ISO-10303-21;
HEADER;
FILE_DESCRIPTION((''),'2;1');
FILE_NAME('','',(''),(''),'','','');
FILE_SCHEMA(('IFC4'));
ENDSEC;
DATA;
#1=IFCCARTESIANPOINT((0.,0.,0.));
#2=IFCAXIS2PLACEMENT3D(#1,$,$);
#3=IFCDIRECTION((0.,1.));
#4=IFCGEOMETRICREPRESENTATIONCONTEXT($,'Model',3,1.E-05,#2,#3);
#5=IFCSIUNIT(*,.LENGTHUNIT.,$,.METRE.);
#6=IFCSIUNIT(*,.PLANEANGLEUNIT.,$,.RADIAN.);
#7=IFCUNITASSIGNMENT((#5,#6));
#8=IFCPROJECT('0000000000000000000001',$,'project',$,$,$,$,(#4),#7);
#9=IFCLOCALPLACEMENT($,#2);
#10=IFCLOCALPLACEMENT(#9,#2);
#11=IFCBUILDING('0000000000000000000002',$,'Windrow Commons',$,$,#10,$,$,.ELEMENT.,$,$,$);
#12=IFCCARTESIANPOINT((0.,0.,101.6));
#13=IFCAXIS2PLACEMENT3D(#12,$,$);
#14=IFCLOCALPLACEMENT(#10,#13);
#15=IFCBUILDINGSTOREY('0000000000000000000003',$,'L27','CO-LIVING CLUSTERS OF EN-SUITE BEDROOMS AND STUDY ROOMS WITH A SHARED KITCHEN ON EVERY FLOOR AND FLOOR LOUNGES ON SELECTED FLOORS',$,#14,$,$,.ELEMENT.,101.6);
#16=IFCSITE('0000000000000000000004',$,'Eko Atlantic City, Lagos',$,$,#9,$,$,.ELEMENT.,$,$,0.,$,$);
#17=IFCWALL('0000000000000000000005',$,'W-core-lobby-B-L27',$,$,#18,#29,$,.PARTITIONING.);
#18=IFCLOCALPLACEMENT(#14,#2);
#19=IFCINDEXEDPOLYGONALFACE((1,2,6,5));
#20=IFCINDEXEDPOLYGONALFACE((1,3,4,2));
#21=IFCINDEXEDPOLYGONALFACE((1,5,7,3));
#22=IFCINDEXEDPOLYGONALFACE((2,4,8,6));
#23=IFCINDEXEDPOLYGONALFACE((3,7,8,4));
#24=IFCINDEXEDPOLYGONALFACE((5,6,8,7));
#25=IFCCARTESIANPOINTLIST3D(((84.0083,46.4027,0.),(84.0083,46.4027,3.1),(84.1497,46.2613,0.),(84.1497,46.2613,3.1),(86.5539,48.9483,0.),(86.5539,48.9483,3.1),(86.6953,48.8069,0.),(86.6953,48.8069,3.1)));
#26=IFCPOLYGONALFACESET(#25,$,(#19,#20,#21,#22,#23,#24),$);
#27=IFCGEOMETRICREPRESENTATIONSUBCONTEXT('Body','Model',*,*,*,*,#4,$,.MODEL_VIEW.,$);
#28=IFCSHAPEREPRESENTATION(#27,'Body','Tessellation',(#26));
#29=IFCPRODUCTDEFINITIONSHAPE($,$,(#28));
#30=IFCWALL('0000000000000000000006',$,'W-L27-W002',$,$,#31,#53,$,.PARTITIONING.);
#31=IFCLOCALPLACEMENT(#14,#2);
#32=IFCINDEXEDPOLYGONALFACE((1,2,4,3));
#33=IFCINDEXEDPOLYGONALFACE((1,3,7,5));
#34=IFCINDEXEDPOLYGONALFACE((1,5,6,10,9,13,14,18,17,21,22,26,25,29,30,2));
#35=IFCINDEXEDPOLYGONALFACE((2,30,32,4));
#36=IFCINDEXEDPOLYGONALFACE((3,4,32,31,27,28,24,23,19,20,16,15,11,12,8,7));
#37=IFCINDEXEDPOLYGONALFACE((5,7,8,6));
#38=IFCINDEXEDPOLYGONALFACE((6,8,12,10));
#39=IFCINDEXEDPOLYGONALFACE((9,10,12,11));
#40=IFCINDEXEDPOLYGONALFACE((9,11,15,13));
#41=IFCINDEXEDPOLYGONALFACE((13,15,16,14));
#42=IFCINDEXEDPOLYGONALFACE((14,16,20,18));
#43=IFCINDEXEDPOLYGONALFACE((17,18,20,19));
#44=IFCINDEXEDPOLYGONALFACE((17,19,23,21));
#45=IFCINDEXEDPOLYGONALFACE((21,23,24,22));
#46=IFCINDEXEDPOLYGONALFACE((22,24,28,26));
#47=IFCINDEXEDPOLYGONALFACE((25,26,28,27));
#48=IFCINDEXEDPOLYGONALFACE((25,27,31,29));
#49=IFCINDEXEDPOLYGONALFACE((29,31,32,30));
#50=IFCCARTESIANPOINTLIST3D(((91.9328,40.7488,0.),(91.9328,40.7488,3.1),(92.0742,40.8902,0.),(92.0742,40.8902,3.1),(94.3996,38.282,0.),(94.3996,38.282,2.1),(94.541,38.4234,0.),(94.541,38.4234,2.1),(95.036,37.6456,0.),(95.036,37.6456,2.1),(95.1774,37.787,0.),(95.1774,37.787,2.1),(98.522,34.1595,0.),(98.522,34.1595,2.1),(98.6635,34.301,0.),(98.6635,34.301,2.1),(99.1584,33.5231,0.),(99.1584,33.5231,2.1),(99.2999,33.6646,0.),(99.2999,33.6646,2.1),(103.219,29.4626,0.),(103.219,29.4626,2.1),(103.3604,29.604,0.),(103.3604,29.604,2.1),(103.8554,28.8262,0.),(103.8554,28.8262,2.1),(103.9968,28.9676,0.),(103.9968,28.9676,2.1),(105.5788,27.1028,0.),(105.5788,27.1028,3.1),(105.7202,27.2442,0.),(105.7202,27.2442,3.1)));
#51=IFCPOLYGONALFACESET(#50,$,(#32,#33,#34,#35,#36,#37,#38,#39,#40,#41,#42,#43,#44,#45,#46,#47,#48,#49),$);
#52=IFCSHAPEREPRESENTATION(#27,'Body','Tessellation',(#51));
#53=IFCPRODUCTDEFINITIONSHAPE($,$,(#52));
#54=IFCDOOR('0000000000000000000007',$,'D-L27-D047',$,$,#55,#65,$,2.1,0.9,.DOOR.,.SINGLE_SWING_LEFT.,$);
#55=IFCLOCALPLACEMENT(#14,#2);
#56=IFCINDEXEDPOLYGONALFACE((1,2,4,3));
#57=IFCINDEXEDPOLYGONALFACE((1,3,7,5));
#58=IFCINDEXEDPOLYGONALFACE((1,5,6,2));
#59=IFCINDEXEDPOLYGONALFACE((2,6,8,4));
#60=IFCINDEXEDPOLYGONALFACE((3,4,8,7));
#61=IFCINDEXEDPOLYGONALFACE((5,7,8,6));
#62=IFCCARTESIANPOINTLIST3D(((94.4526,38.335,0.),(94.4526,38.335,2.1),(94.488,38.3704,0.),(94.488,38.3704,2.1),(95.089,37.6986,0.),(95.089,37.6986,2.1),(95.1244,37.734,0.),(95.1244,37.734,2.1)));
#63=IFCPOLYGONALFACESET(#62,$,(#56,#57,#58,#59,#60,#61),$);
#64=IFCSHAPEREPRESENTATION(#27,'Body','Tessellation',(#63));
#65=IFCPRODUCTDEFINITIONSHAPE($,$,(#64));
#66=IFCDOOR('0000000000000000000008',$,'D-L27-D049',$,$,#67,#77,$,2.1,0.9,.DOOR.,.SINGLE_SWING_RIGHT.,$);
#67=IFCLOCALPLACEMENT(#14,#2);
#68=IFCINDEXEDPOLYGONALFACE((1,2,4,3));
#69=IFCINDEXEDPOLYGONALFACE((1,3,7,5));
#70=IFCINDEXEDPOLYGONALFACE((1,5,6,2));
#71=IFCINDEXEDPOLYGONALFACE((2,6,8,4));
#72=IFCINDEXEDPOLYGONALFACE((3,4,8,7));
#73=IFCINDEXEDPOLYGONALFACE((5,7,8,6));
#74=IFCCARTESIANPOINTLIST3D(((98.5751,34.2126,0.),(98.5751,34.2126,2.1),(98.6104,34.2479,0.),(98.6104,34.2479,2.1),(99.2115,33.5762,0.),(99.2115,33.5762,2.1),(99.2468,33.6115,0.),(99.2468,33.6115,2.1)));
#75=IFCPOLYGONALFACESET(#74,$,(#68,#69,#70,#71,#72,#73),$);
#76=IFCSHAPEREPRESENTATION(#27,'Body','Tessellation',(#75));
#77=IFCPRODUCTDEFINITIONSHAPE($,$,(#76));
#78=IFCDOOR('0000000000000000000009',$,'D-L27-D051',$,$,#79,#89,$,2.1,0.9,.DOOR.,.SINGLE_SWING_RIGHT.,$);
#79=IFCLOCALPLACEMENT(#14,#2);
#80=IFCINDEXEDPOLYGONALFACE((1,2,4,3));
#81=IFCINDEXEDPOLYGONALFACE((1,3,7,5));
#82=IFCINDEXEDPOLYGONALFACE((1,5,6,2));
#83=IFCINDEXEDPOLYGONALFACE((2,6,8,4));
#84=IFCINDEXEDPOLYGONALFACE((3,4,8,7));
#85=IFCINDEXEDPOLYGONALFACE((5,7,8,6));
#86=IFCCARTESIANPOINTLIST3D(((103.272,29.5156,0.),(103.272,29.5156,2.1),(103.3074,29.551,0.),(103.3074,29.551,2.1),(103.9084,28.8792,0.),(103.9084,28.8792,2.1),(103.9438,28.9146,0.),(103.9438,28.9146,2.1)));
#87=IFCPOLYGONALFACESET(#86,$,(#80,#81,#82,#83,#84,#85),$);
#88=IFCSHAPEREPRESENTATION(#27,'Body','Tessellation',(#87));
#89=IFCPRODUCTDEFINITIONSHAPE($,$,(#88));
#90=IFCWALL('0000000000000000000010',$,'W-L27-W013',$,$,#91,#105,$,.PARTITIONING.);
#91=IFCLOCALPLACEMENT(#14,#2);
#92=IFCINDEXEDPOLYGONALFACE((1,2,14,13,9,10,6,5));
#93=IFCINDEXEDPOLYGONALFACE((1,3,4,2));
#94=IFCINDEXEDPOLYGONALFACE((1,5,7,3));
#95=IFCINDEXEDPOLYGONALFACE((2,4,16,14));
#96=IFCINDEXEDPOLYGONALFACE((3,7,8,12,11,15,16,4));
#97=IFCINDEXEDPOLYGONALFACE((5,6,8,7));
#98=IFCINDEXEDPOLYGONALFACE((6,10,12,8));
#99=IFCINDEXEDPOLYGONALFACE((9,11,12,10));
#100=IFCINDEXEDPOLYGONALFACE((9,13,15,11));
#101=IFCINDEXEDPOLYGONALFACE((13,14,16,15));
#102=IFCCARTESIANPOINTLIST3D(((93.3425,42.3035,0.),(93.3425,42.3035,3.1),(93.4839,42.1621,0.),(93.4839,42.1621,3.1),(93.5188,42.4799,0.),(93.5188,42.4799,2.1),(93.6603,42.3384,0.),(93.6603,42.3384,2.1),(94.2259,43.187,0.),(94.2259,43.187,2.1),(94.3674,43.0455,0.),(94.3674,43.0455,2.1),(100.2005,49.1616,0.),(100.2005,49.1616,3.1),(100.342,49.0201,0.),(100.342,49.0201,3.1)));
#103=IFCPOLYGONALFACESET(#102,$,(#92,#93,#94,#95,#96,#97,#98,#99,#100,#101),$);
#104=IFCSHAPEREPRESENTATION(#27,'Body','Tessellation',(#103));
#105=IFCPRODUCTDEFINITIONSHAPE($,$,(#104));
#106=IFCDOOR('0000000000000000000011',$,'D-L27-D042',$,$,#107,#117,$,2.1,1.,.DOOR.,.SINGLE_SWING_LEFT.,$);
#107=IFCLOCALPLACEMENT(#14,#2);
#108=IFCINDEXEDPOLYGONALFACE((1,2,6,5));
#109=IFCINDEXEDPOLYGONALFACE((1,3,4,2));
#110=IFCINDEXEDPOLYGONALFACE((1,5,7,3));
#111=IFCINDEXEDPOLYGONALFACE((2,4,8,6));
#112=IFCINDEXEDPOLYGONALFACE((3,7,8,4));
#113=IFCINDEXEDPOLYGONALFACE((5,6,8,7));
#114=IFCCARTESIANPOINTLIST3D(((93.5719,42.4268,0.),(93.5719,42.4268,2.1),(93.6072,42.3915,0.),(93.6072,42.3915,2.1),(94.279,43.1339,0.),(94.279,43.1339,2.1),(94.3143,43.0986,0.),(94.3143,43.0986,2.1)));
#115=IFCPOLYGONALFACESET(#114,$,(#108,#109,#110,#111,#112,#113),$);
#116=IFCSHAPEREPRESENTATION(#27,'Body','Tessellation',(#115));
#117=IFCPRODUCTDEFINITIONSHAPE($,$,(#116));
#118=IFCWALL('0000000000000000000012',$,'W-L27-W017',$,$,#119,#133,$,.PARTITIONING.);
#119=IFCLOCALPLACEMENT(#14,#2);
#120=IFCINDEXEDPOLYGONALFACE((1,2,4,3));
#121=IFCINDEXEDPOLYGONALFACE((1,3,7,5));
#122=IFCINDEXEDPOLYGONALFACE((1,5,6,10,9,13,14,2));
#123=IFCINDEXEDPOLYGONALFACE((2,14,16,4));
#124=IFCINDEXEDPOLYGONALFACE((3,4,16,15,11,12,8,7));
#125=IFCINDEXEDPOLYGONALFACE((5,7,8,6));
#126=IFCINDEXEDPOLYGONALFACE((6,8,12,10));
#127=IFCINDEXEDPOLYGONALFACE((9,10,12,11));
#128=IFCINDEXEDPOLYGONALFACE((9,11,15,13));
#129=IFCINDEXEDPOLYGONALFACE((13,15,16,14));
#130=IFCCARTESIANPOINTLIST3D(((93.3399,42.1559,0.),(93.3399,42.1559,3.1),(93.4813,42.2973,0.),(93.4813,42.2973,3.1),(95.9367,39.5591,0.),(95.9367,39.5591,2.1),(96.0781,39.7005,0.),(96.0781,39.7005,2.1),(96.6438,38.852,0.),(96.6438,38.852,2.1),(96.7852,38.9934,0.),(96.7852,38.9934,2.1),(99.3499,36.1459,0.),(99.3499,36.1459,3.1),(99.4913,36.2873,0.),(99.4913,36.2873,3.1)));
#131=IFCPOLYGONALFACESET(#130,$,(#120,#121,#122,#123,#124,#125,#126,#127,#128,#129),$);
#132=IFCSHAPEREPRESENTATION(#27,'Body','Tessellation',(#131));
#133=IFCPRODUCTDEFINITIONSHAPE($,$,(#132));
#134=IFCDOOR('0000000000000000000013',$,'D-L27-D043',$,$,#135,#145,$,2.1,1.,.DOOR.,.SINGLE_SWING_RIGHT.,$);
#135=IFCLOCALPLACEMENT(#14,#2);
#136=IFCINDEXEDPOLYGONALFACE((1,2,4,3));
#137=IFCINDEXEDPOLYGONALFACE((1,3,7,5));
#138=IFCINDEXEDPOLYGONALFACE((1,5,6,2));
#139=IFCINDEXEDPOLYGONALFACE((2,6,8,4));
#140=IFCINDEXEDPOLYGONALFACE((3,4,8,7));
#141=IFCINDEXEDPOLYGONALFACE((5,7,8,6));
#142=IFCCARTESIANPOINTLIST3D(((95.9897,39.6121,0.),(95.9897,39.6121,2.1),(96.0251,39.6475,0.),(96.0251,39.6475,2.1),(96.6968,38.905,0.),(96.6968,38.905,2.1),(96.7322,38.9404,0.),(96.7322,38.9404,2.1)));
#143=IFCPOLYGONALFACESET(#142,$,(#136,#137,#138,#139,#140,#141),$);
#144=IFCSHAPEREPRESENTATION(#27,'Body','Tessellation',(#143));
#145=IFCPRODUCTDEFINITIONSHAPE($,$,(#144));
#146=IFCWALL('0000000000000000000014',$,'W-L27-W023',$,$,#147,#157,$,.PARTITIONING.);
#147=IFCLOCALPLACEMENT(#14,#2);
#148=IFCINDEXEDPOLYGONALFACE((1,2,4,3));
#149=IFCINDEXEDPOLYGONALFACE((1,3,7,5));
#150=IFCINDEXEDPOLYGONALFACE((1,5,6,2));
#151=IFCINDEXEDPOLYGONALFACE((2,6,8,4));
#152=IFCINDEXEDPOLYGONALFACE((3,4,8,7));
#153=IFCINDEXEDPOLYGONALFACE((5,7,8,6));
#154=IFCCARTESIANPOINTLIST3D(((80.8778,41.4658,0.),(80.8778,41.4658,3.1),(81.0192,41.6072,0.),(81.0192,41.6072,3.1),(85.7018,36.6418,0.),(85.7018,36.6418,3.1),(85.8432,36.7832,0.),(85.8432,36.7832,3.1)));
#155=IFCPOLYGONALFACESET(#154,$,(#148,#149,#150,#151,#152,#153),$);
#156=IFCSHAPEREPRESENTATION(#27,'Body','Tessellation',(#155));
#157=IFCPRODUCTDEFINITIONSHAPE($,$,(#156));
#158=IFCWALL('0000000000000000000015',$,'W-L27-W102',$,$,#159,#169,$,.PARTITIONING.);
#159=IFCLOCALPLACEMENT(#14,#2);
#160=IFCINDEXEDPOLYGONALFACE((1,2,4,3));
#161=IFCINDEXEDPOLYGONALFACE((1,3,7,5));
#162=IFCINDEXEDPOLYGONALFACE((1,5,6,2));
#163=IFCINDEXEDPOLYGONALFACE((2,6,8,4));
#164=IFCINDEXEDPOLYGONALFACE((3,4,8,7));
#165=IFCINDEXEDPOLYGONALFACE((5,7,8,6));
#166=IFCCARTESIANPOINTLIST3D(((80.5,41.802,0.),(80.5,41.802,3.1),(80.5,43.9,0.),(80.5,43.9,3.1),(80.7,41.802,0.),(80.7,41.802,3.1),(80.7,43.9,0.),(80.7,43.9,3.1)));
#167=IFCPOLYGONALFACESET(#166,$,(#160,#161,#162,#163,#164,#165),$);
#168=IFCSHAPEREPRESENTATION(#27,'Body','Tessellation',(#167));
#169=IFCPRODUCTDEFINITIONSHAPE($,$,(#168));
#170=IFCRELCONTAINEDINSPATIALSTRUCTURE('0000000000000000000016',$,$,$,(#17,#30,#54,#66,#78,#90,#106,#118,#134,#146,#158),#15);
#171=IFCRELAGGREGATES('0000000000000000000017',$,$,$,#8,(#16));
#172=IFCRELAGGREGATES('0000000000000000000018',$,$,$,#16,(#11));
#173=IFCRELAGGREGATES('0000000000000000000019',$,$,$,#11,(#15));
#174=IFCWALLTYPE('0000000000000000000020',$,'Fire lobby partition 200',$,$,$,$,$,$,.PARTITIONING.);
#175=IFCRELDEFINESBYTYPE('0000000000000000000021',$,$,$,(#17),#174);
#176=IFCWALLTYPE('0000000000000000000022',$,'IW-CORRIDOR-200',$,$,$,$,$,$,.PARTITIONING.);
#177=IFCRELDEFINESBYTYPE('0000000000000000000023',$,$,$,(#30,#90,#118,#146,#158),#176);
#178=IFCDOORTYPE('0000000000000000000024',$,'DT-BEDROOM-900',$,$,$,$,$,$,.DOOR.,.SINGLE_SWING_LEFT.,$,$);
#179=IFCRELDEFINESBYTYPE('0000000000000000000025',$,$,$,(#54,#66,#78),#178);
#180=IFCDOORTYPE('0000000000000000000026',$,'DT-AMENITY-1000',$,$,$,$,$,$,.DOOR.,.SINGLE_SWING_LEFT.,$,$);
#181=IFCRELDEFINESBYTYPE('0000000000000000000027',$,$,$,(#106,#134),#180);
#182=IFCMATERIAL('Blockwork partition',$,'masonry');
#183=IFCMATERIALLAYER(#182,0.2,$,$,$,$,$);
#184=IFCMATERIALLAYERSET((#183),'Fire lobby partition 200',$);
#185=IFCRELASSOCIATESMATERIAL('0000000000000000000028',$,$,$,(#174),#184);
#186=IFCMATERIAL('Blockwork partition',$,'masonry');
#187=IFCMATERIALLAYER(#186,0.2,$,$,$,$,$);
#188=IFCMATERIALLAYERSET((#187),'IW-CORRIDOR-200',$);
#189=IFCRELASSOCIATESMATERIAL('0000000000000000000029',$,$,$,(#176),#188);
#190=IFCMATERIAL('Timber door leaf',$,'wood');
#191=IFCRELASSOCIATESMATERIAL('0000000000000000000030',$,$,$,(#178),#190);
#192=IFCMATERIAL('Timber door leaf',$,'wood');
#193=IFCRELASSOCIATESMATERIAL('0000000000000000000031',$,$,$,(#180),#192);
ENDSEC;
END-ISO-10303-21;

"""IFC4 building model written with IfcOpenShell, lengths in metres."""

from ifc_helpers import new_model, si_unit, direction, frame, frame_2d, origin, place, context, subcontext, project, spatial, rectangle, extrude, material, layer, layer_set, type_object, element, fill, save


model = new_model("IFC4")

# Units and contexts
model_context = context("Model", 3, precision=1e-05, world=origin(), true_north=direction((0.0, 1.0)))
body_context = subcontext(model_context, "Body", "Model", "MODEL_VIEW")
ifc_project = project(units=[si_unit("LENGTHUNIT", "METRE"), si_unit("PLANEANGLEUNIT", "RADIAN")], contexts=[model_context])

# Site, building, storey
site_placement = place(None, origin())
site = spatial("IfcSite", under=ifc_project, at=site_placement, Name="Eko Atlantic City, Lagos", CompositionType="ELEMENT", RefElevation=0.0)
building_placement = place(site_placement, origin())
building = spatial("IfcBuilding", under=site, at=building_placement, Name="Windrow Commons", CompositionType="ELEMENT")
storey_placement = place(building_placement, frame((0.0, 0.0, 101.6)))
storey = spatial("IfcBuildingStorey", under=building, at=storey_placement, Name="L27", Description="CO-LIVING CLUSTERS OF EN-SUITE BEDROOMS AND STUDY ROOMS WITH A SHARED KITCHEN ON EVERY FLOOR AND FLOOR LOUNGES ON SELECTED FLOORS", CompositionType="ELEMENT", Elevation=101.6)

# Wall
ifc_material_1 = material(Name="Blockwork partition", Category="masonry")
ifc_layer_1 = layer(ifc_material_1, 0.2)
ifc_layer_set_1 = layer_set([ifc_layer_1], Name="Fire lobby partition 200")
wall_type_1 = type_object("IfcWallType", Name="Fire lobby partition 200", PredefinedType="PARTITIONING", material=ifc_layer_set_1)
wall_1_placement = place(storey_placement, frame((84.079, 46.332, 0.0), z_axis=(0.0, 0.0, 1.0), x_axis=(0.707107, 0.707107, 0.0)))
element("IfcWall", 1, at=wall_1_placement, inside=storey, type_object=wall_type_1, Name="W-core-lobby-B-L27", PredefinedType="PARTITIONING", context=body_context, shape_type="SweptSolid", body=[
    extrude(rectangle(XDim=3.6, YDim=0.2, at=frame_2d((1.8, 0.0))), origin(), (0.0, 0.0, 1.0), 3.1),
])

# Wall, openings, doors
ifc_material_2 = material(Name="Blockwork partition", Category="masonry")
ifc_layer_2 = layer(ifc_material_2, 0.2)
ifc_layer_set_2 = layer_set([ifc_layer_2], Name="IW-CORRIDOR-200")
wall_type_2 = type_object("IfcWallType", Name="IW-CORRIDOR-200", PredefinedType="PARTITIONING", material=ifc_layer_set_2)
wall_2_placement = place(storey_placement, frame((92.0035, 40.8195, 0.0), z_axis=(0.0, 0.0, 1.0), x_axis=(0.707107, -0.707107, 0.0)))
wall_2 = element("IfcWall", 2, at=wall_2_placement, inside=storey, type_object=wall_type_2, Name="W-L27-W002", PredefinedType="PARTITIONING", context=body_context, shape_type="SweptSolid", body=[
    extrude(rectangle(XDim=19.2984, YDim=0.2, at=frame_2d((9.6492, 0.0))), origin(), (0.0, 0.0, 1.0), 3.1),
])
opening_1_placement = place(wall_2_placement, frame((3.4886, 0.0, 0.0)))
opening_1 = element("IfcOpeningElement", 3, at=opening_1_placement, cuts=wall_2, PredefinedType="OPENING", context=body_context, shape_type="SweptSolid", body=[
    extrude(rectangle(XDim=0.9, YDim=2.1, at=frame_2d((0.45, 1.05))), frame((0.0, 0.11, 0.0), z_axis=(0.0, -1.0, 0.0), x_axis=(1.0, 0.0, 0.0)), (0.0, 0.0, 1.0), 0.22),
])
opening_2_placement = place(wall_2_placement, frame((9.3186, 0.0, 0.0)))
opening_2 = element("IfcOpeningElement", 4, at=opening_2_placement, cuts=wall_2, PredefinedType="OPENING", context=body_context, shape_type="SweptSolid", body=[
    extrude(rectangle(XDim=0.9, YDim=2.1, at=frame_2d((0.45, 1.05))), frame((0.0, 0.11, 0.0), z_axis=(0.0, -1.0, 0.0), x_axis=(1.0, 0.0, 0.0)), (0.0, 0.0, 1.0), 0.22),
])
opening_3_placement = place(wall_2_placement, frame((15.9611, 0.0, 0.0)))
opening_3 = element("IfcOpeningElement", 5, at=opening_3_placement, cuts=wall_2, PredefinedType="OPENING", context=body_context, shape_type="SweptSolid", body=[
    extrude(rectangle(XDim=0.9, YDim=2.1, at=frame_2d((0.45, 1.05))), frame((0.0, 0.11, 0.0), z_axis=(0.0, -1.0, 0.0), x_axis=(1.0, 0.0, 0.0)), (0.0, 0.0, 1.0), 0.22),
])
ifc_material_3 = material(Name="Timber door leaf", Category="wood")
door_type_1 = type_object("IfcDoorType", Name="DT-BEDROOM-900", OperationType="SINGLE_SWING_LEFT", PredefinedType="DOOR", material=ifc_material_3)
door_1_placement = place(opening_1_placement, origin())
door_1 = element("IfcDoor", 6, at=door_1_placement, inside=storey, type_object=door_type_1, Name="D-L27-D047", OperationType="SINGLE_SWING_LEFT", OverallHeight=2.1, OverallWidth=0.9, PredefinedType="DOOR", context=body_context, shape_type="SweptSolid", body=[
    extrude(rectangle(XDim=0.9, YDim=2.1, at=frame_2d((0.45, 1.05))), frame((0.0, 0.025, 0.0), z_axis=(0.0, -1.0, 0.0), x_axis=(1.0, 0.0, 0.0)), (0.0, 0.0, 1.0), 0.05),
])
fill(opening_1, door_1)
door_2_placement = place(opening_2_placement, origin())
door_2 = element("IfcDoor", 7, at=door_2_placement, inside=storey, type_object=door_type_1, Name="D-L27-D049", OperationType="SINGLE_SWING_RIGHT", OverallHeight=2.1, OverallWidth=0.9, PredefinedType="DOOR", context=body_context, shape_type="SweptSolid", body=[
    extrude(rectangle(XDim=0.9, YDim=2.1, at=frame_2d((0.45, 1.05))), frame((0.0, 0.025, 0.0), z_axis=(0.0, -1.0, 0.0), x_axis=(1.0, 0.0, 0.0)), (0.0, 0.0, 1.0), 0.05),
])
fill(opening_2, door_2)
door_3_placement = place(opening_3_placement, origin())
door_3 = element("IfcDoor", 8, at=door_3_placement, inside=storey, type_object=door_type_1, Name="D-L27-D051", OperationType="SINGLE_SWING_RIGHT", OverallHeight=2.1, OverallWidth=0.9, PredefinedType="DOOR", context=body_context, shape_type="SweptSolid", body=[
    extrude(rectangle(XDim=0.9, YDim=2.1, at=frame_2d((0.45, 1.05))), frame((0.0, 0.025, 0.0), z_axis=(0.0, -1.0, 0.0), x_axis=(1.0, 0.0, 0.0)), (0.0, 0.0, 1.0), 0.05),
])
fill(opening_3, door_3)

# Walls, openings, doors
wall_3_placement = place(storey_placement, frame((93.4132, 42.2328, 0.0), z_axis=(0.0, 0.0, 1.0), x_axis=(0.707107, 0.707107, 0.0)))
wall_3 = element("IfcWall", 9, at=wall_3_placement, inside=storey, type_object=wall_type_2, Name="W-L27-W013", PredefinedType="PARTITIONING", context=body_context, shape_type="SweptSolid", body=[
    extrude(rectangle(XDim=9.6987, YDim=0.2, at=frame_2d((4.8494, 0.0))), origin(), (0.0, 0.0, 1.0), 3.1),
])
opening_4_placement = place(wall_3_placement, frame((0.2494, 0.0, 0.0)))
opening_4 = element("IfcOpeningElement", 10, at=opening_4_placement, cuts=wall_3, PredefinedType="OPENING", context=body_context, shape_type="SweptSolid", body=[
    extrude(rectangle(XDim=1.0, YDim=2.1, at=frame_2d((0.5, 1.05))), frame((0.0, 0.11, 0.0), z_axis=(0.0, -1.0, 0.0), x_axis=(1.0, 0.0, 0.0)), (0.0, 0.0, 1.0), 0.22),
])
ifc_material_4 = material(Name="Timber door leaf", Category="wood")
door_type_2 = type_object("IfcDoorType", Name="DT-AMENITY-1000", OperationType="SINGLE_SWING_LEFT", PredefinedType="DOOR", material=ifc_material_4)
door_4_placement = place(opening_4_placement, origin())
door_4 = element("IfcDoor", 11, at=door_4_placement, inside=storey, type_object=door_type_2, Name="D-L27-D042", OperationType="SINGLE_SWING_LEFT", OverallHeight=2.1, OverallWidth=1.0, PredefinedType="DOOR", context=body_context, shape_type="SweptSolid", body=[
    extrude(rectangle(XDim=1.0, YDim=2.1, at=frame_2d((0.5, 1.05))), frame((0.0, 0.025, 0.0), z_axis=(0.0, -1.0, 0.0), x_axis=(1.0, 0.0, 0.0)), (0.0, 0.0, 1.0), 0.05),
])
fill(opening_4, door_4)
wall_4_placement = place(storey_placement, frame((93.4106, 42.2266, 0.0), z_axis=(0.0, 0.0, 1.0), x_axis=(0.707107, -0.707107, 0.0)))
wall_4 = element("IfcWall", 12, at=wall_4_placement, inside=storey, type_object=wall_type_2, Name="W-L27-W017", PredefinedType="PARTITIONING", context=body_context, shape_type="SweptSolid", body=[
    extrude(rectangle(XDim=8.4994, YDim=0.2, at=frame_2d((4.2497, 0.0))), origin(), (0.0, 0.0, 1.0), 3.1),
])
opening_5_placement = place(wall_4_placement, frame((3.6724, 0.0, 0.0)))
opening_5 = element("IfcOpeningElement", 13, at=opening_5_placement, cuts=wall_4, PredefinedType="OPENING", context=body_context, shape_type="SweptSolid", body=[
    extrude(rectangle(XDim=1.0, YDim=2.1, at=frame_2d((0.5, 1.05))), frame((0.0, 0.11, 0.0), z_axis=(0.0, -1.0, 0.0), x_axis=(1.0, 0.0, 0.0)), (0.0, 0.0, 1.0), 0.22),
])
door_5_placement = place(opening_5_placement, origin())
door_5 = element("IfcDoor", 14, at=door_5_placement, inside=storey, type_object=door_type_2, Name="D-L27-D043", OperationType="SINGLE_SWING_RIGHT", OverallHeight=2.1, OverallWidth=1.0, PredefinedType="DOOR", context=body_context, shape_type="SweptSolid", body=[
    extrude(rectangle(XDim=1.0, YDim=2.1, at=frame_2d((0.5, 1.05))), frame((0.0, 0.025, 0.0), z_axis=(0.0, -1.0, 0.0), x_axis=(1.0, 0.0, 0.0)), (0.0, 0.0, 1.0), 0.05),
])
fill(opening_5, door_5)

# Walls
wall_5_placement = place(storey_placement, frame((80.9485, 41.5365, 0.0), z_axis=(0.0, 0.0, 1.0), x_axis=(0.707107, -0.707107, 0.0)))
element("IfcWall", 15, at=wall_5_placement, inside=storey, type_object=wall_type_2, Name="W-L27-W023", PredefinedType="PARTITIONING", context=body_context, shape_type="SweptSolid", body=[
    extrude(rectangle(XDim=6.8222, YDim=0.2, at=frame_2d((3.4111, 0.0))), origin(), (0.0, 0.0, 1.0), 3.1),
])
wall_6_placement = place(storey_placement, frame((80.6, 41.802, 0.0), z_axis=(0.0, 0.0, 1.0), x_axis=(0.0, 1.0, 0.0)))
element("IfcWall", 16, at=wall_6_placement, inside=storey, type_object=wall_type_2, Name="W-L27-W102", PredefinedType="PARTITIONING", context=body_context, shape_type="SweptSolid", body=[
    extrude(rectangle(XDim=2.098, YDim=0.2, at=frame_2d((1.049, 0.0))), origin(), (0.0, 0.0, 1.0), 3.1),
])

save(model, "model.ifc")
